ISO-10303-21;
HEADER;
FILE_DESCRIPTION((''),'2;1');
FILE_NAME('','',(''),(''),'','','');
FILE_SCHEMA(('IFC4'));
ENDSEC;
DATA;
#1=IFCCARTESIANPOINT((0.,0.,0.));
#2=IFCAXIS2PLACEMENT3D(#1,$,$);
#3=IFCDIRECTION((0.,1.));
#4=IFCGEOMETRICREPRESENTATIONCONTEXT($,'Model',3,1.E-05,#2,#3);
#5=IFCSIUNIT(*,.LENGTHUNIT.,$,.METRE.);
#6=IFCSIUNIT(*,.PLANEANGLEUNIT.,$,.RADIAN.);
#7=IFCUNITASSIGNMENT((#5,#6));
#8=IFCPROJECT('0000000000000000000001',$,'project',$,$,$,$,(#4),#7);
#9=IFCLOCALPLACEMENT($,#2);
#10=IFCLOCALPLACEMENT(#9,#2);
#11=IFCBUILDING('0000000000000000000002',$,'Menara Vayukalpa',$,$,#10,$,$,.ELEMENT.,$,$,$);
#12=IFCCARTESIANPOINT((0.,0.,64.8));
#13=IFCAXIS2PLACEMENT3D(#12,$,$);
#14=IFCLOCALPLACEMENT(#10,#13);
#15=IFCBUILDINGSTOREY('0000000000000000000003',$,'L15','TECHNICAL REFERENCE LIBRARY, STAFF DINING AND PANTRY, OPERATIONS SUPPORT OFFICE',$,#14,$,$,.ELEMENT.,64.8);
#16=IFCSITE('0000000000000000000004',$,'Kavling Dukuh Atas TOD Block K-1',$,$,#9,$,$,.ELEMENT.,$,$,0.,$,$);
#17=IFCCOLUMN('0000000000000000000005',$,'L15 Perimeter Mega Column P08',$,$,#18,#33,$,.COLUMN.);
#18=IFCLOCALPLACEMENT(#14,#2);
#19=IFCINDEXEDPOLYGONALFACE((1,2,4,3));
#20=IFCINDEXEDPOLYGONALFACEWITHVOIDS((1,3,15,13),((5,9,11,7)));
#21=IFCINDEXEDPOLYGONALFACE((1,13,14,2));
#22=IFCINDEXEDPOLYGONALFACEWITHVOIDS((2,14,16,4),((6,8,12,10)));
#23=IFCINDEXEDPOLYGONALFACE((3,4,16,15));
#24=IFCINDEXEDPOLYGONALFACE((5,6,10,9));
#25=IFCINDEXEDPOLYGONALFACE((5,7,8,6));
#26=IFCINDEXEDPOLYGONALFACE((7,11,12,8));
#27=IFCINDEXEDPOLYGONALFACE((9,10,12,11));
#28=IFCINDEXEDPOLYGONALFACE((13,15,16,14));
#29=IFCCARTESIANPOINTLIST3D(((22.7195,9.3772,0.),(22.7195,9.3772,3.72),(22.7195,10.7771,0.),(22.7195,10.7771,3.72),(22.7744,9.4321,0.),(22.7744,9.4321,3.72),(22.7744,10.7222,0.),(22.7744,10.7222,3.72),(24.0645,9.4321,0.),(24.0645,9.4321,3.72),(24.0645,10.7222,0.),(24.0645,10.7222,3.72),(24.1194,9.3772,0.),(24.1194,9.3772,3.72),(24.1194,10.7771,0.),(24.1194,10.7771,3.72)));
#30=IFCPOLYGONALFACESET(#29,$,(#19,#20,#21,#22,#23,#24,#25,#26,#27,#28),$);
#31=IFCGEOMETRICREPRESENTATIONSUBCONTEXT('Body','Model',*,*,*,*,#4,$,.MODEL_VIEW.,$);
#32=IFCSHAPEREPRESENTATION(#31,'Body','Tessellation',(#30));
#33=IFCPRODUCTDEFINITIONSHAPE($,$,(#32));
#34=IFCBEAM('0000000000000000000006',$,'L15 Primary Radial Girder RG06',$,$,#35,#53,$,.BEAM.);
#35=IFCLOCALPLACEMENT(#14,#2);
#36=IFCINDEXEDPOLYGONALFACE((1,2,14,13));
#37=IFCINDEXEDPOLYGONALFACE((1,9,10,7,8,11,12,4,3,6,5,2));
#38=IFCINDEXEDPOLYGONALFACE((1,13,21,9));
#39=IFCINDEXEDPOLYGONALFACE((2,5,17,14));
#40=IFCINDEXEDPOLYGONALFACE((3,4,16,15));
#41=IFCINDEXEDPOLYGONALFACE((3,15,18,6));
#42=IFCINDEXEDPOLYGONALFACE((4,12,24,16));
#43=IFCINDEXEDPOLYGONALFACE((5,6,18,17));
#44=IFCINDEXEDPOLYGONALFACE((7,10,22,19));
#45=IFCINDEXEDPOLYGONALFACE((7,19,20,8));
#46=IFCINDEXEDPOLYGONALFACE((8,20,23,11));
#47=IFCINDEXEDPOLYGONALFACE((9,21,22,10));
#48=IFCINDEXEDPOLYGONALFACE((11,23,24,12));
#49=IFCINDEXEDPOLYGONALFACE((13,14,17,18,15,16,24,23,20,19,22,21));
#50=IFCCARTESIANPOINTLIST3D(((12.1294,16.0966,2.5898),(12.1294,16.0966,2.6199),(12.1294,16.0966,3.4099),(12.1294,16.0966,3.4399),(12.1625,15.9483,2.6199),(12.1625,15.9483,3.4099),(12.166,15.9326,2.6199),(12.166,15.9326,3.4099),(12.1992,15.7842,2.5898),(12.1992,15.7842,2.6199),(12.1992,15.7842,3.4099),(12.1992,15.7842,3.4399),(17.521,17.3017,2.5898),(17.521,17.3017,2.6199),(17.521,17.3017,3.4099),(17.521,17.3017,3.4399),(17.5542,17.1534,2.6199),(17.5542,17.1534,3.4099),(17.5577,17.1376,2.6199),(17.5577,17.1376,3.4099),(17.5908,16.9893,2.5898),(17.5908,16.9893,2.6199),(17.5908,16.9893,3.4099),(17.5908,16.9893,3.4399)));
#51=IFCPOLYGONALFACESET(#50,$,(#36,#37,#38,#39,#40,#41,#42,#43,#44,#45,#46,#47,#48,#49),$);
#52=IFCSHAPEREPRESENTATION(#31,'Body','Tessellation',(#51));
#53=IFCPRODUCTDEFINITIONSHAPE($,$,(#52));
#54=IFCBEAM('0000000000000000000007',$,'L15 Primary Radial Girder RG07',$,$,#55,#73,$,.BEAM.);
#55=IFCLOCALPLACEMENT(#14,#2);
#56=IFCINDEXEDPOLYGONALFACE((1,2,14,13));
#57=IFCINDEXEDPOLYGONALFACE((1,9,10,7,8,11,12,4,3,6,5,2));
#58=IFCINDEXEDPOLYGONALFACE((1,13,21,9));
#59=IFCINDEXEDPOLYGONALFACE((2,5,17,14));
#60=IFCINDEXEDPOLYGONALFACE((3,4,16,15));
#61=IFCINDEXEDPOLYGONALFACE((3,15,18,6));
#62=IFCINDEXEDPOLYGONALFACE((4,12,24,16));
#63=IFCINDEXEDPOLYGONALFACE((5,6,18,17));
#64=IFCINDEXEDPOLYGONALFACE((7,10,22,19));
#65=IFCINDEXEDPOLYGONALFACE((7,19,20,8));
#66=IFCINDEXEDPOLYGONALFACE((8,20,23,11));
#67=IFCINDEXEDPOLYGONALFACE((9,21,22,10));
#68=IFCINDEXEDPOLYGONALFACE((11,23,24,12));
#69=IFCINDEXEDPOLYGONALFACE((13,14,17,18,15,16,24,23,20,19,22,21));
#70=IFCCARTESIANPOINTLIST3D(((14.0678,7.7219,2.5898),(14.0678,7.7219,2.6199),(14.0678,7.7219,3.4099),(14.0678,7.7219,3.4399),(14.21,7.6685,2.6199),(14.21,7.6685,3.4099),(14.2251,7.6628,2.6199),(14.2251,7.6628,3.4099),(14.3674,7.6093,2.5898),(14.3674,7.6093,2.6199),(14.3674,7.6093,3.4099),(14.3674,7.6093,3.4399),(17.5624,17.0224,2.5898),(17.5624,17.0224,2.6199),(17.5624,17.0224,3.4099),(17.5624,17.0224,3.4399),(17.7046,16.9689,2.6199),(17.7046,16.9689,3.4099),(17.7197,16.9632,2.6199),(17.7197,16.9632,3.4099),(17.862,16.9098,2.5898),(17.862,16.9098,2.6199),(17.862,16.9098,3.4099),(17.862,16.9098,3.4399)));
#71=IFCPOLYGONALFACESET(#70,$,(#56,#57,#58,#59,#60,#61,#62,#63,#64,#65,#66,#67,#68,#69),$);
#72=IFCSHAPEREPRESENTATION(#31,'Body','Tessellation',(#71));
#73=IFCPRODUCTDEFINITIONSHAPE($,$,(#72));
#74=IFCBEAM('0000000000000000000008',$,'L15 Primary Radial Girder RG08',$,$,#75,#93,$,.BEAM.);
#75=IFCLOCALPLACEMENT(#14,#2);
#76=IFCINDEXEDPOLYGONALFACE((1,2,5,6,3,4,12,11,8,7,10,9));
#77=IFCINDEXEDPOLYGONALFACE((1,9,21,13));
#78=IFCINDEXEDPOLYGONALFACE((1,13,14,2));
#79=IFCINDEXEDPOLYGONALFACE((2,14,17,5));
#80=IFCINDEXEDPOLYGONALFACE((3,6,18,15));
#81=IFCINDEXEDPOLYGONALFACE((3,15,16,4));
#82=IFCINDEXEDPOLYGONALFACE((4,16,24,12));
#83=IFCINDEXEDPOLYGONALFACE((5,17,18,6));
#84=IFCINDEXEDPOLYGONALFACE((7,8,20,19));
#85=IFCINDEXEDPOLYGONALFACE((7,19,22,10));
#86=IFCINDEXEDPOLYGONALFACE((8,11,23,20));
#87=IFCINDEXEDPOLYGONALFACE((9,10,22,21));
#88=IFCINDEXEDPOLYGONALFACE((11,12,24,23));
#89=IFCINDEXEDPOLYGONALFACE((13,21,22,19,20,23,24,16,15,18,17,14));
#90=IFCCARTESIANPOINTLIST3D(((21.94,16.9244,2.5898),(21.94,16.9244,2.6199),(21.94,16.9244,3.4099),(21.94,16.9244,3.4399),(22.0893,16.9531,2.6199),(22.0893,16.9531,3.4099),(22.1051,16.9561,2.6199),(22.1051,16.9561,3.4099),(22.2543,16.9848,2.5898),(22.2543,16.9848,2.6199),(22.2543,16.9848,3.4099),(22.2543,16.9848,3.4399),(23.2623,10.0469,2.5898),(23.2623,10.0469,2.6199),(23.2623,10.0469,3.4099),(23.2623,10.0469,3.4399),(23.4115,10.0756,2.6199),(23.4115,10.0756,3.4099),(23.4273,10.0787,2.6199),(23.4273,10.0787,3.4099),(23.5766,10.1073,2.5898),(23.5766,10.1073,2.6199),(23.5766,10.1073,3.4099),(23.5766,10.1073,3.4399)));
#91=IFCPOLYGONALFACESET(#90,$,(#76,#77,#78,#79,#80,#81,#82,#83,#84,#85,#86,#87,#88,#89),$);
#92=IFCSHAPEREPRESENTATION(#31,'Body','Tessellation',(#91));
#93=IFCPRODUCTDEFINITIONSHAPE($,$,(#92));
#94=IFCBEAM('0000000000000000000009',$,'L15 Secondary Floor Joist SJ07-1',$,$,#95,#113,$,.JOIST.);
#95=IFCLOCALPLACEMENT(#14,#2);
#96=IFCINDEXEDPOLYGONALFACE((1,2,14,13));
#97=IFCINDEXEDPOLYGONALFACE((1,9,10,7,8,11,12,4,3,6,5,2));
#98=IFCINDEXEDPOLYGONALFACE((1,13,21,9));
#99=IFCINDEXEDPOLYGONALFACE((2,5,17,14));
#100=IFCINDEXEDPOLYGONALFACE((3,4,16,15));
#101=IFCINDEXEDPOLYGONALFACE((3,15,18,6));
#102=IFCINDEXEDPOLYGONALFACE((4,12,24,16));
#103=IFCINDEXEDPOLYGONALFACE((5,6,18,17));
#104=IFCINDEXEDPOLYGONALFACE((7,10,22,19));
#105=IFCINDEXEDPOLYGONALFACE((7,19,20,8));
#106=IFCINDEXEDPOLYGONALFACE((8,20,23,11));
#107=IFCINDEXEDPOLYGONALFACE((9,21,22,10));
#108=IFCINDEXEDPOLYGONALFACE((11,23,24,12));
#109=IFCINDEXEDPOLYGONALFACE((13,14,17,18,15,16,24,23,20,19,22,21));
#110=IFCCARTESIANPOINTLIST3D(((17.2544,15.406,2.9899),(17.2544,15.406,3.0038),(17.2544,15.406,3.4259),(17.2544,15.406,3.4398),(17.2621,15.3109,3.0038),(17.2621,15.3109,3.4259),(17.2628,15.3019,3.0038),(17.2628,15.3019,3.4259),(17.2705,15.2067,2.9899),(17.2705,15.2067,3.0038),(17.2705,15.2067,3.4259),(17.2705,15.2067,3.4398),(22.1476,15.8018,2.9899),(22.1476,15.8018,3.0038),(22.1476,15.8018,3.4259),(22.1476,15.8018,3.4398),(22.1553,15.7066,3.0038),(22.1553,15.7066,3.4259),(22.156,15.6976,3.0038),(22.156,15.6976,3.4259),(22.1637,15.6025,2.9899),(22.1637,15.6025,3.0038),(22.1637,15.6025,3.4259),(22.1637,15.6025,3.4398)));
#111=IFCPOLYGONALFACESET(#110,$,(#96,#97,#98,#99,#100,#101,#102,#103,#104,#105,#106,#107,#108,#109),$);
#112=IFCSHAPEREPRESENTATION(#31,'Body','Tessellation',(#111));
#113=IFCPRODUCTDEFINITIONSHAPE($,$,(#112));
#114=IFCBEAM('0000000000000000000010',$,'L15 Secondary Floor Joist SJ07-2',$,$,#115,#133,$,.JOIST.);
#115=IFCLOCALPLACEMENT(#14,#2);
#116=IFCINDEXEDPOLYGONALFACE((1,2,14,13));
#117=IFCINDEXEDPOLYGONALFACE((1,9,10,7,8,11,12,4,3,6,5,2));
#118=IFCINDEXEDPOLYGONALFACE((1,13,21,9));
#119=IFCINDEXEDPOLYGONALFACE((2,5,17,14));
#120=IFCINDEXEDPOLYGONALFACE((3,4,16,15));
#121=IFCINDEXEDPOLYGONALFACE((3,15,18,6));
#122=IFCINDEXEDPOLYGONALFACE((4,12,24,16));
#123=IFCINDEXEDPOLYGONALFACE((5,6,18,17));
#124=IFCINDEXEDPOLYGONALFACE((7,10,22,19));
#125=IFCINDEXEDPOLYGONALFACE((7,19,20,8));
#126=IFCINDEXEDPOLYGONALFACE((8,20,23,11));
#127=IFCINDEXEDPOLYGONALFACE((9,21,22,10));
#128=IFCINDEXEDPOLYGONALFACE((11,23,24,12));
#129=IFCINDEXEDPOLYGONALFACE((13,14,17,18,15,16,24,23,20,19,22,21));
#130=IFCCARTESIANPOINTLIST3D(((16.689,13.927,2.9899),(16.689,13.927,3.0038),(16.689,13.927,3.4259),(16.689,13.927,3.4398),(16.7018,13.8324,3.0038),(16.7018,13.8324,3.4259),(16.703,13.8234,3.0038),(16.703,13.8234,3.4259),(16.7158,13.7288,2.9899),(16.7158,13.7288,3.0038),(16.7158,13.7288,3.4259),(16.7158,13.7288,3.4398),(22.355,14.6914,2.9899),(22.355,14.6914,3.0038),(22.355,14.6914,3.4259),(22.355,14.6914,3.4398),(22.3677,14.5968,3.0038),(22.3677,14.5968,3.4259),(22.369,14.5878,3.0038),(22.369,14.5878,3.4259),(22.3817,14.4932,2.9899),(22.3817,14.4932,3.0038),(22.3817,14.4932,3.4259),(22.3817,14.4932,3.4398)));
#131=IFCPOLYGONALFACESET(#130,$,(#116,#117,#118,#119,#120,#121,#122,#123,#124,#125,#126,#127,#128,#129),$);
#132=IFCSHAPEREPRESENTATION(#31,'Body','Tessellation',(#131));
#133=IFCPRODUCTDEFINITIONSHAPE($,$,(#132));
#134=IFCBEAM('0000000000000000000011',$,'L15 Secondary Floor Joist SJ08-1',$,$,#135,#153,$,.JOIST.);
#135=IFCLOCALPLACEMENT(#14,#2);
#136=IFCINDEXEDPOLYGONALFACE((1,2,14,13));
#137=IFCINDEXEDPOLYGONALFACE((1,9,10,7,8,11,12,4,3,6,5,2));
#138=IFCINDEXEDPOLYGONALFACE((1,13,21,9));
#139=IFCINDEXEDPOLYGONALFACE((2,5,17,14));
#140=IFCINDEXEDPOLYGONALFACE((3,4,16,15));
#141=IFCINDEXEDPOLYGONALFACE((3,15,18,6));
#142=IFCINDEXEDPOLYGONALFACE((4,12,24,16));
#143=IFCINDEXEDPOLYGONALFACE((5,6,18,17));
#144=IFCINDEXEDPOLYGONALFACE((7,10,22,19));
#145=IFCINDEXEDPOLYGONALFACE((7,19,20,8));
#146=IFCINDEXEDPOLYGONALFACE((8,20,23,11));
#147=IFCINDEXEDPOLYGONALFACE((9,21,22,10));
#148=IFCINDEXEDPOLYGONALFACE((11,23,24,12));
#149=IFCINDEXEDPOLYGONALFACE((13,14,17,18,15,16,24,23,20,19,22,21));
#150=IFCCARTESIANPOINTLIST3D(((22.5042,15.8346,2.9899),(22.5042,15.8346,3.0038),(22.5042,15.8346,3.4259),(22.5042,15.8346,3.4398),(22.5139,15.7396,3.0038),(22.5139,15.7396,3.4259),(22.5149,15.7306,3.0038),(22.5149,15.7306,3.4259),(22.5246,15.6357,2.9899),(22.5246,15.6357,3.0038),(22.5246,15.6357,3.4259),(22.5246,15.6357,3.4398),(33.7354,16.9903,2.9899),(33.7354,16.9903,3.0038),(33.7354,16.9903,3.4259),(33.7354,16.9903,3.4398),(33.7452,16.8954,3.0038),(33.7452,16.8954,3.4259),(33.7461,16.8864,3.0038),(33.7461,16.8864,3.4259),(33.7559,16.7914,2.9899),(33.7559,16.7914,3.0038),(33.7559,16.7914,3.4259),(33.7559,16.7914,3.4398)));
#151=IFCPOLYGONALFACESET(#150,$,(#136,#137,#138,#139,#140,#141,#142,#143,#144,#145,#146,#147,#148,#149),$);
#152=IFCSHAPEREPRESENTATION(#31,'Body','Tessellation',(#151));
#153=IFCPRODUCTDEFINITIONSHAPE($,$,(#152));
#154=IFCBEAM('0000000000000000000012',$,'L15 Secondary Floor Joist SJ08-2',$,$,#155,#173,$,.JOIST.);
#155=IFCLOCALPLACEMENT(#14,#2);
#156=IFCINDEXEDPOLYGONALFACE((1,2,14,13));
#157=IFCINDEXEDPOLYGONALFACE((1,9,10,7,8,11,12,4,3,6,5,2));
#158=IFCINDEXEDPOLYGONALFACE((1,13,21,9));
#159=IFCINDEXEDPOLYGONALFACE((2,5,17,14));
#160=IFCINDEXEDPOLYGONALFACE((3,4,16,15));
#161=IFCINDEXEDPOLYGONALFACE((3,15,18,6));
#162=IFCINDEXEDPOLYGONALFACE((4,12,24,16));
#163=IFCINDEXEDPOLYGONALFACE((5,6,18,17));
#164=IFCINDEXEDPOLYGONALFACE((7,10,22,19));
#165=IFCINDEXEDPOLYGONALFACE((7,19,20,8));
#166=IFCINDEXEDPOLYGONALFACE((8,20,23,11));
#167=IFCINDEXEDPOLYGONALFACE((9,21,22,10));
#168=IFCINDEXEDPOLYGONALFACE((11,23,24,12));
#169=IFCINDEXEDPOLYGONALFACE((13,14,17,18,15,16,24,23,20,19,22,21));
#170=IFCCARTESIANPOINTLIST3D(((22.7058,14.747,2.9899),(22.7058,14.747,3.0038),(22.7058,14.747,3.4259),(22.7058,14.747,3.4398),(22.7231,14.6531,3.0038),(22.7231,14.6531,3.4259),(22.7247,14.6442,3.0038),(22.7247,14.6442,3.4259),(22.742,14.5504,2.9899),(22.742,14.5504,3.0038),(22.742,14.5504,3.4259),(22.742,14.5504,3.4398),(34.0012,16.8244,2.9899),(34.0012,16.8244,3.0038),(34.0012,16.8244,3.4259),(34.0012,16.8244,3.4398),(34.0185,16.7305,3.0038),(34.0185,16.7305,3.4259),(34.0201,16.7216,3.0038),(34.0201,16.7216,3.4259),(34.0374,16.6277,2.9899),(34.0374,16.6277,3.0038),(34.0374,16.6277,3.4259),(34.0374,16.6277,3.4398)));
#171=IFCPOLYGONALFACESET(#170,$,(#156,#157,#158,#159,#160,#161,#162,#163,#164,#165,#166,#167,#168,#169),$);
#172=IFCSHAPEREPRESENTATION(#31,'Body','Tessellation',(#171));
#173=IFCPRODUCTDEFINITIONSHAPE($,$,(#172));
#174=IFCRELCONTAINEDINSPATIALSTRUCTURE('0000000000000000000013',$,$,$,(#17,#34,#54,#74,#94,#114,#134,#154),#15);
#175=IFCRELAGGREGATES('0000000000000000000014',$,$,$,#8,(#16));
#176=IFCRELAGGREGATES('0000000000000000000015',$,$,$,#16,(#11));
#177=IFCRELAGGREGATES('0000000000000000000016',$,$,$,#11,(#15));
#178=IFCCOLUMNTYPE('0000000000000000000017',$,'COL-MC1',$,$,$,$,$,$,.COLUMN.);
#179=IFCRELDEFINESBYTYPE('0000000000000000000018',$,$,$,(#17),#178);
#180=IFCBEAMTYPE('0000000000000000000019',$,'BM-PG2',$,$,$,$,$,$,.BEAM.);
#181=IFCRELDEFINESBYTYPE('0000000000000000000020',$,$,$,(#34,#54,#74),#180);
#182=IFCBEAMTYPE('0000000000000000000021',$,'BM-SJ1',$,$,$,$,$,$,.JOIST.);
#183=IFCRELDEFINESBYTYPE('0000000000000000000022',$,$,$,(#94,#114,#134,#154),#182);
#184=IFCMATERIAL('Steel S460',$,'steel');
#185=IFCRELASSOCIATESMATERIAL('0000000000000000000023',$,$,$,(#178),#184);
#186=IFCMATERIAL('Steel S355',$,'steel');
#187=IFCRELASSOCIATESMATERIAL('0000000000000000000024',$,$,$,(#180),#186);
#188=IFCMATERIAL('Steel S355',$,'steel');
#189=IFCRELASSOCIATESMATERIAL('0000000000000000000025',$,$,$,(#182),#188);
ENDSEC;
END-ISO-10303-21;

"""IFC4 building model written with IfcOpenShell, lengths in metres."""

from ifc_helpers import new_model, si_unit, direction, frame, origin, origin_2d, place, context, subcontext, project, spatial, hollow_rectangle, i_section, extrude, material, material_profile, profile_set, type_object, element, save


model = new_model("IFC4")

# Units and contexts
model_context = context("Model", 3, precision=1e-05, world=origin(), true_north=direction((0.0, 1.0)))
body_context = subcontext(model_context, "Body", "Model", "MODEL_VIEW")
ifc_project = project(units=[si_unit("LENGTHUNIT", "METRE"), si_unit("PLANEANGLEUNIT", "RADIAN")], contexts=[model_context])

# Site, building, storey
site_placement = place(None, origin())
site = spatial("IfcSite", under=ifc_project, at=site_placement, Name="Kavling Dukuh Atas TOD Block K-1", CompositionType="ELEMENT", RefElevation=0.0)
building_placement = place(site_placement, origin())
building = spatial("IfcBuilding", under=site, at=building_placement, Name="Menara Vayukalpa", CompositionType="ELEMENT")
storey_placement = place(building_placement, frame((0.0, 0.0, 64.8)))
storey = spatial("IfcBuildingStorey", under=building, at=storey_placement, Name="L15", Description="TECHNICAL REFERENCE LIBRARY, STAFF DINING AND PANTRY, OPERATIONS SUPPORT OFFICE", CompositionType="ELEMENT", Elevation=64.8)

# Column
ifc_material_1 = material(Name="Steel S460", Category="steel")
ifc_material_profile_1 = material_profile(ifc_material_1, hollow_rectangle(XDim=1.3999, YDim=1.3999, WallThickness=0.0549, at=origin_2d()), Name="BOX 1400x1400x55")
ifc_profile_set_1 = profile_set([ifc_material_profile_1], Name="Steel S460")
column_type = type_object("IfcColumnType", Name="COL-MC1", PredefinedType="COLUMN", material=ifc_profile_set_1)
column_placement = place(storey_placement, frame((23.4194, 10.0771, 0.0), z_axis=(0.0, 0.0, 1.0), x_axis=(1.0, 0.0, 0.0)))
element("IfcColumn", 1, at=column_placement, inside=storey, type_object=column_type, Name="L15 Perimeter Mega Column P08", PredefinedType="COLUMN", context=body_context, shape_type="SweptSolid", body=[
    extrude(hollow_rectangle(XDim=1.3999, YDim=1.3999, WallThickness=0.0549, at=origin_2d()), origin(), (0.0, 0.0, 1.0), 3.72),
])

# Beams
ifc_material_2 = material(Name="Steel S355", Category="steel")
ifc_material_profile_2 = material_profile(ifc_material_2, i_section(OverallWidth=0.3201, OverallDepth=0.8501, WebThickness=0.0161, FlangeThickness=0.03, at=origin_2d()), Name="WF 850x320x16x30")
ifc_profile_set_2 = profile_set([ifc_material_profile_2], Name="Steel S355")
beam_type_1 = type_object("IfcBeamType", Name="BM-PG2", PredefinedType="BEAM", material=ifc_profile_set_2)
beam_1_placement = place(storey_placement, frame((17.5559, 17.1455, 3.0149), z_axis=(-0.97592, -0.218128, 0.0), x_axis=(0.218128, -0.97592, 0.0)))
element("IfcBeam", 2, at=beam_1_placement, inside=storey, type_object=beam_type_1, Name="L15 Primary Radial Girder RG06", PredefinedType="BEAM", context=body_context, shape_type="SweptSolid", body=[
    extrude(i_section(OverallWidth=0.3201, OverallDepth=0.8501, WebThickness=0.0161, FlangeThickness=0.03, at=origin_2d()), origin(), (0.0, 0.0, 1.0), 5.5247),
])
beam_2_placement = place(storey_placement, frame((17.7122, 16.9661, 3.0149), z_axis=(-0.351735, -0.9361, 0.0), x_axis=(0.9361, -0.351735, 0.0)))
element("IfcBeam", 3, at=beam_2_placement, inside=storey, type_object=beam_type_1, Name="L15 Primary Radial Girder RG07", PredefinedType="BEAM", context=body_context, shape_type="SweptSolid", body=[
    extrude(i_section(OverallWidth=0.3201, OverallDepth=0.8501, WebThickness=0.0161, FlangeThickness=0.03, at=origin_2d()), origin(), (0.0, 0.0, 1.0), 9.9353),
])
beam_3_placement = place(storey_placement, frame((22.0972, 16.9546, 3.0149), z_axis=(0.188803, -0.982015, 0.0), x_axis=(0.982015, 0.188803, 0.0)))
element("IfcBeam", 4, at=beam_3_placement, inside=storey, type_object=beam_type_1, Name="L15 Primary Radial Girder RG08", PredefinedType="BEAM", context=body_context, shape_type="SweptSolid", body=[
    extrude(i_section(OverallWidth=0.3201, OverallDepth=0.8501, WebThickness=0.0161, FlangeThickness=0.03, at=origin_2d()), origin(), (0.0, 0.0, 1.0), 7.0034),
])
ifc_material_3 = material(Name="Steel S355", Category="steel")
ifc_material_profile_3 = material_profile(ifc_material_3, i_section(OverallWidth=0.2, OverallDepth=0.45, WebThickness=0.009, FlangeThickness=0.0139, at=origin_2d()), Name="WF 450x200x9x14")
ifc_profile_set_3 = profile_set([ifc_material_profile_3], Name="Steel S355")
beam_type_2 = type_object("IfcBeamType", Name="BM-SJ1", PredefinedType="JOIST", material=ifc_profile_set_3)
beam_4_placement = place(storey_placement, frame((17.2625, 15.3064, 3.2148), z_axis=(0.996745, 0.080613, 0.0), x_axis=(-0.080613, 0.996745, 0.0)))
element("IfcBeam", 5, at=beam_4_placement, inside=storey, type_object=beam_type_2, Name="L15 Secondary Floor Joist SJ07-1", PredefinedType="JOIST", context=body_context, shape_type="SweptSolid", body=[
    extrude(i_section(OverallWidth=0.2, OverallDepth=0.45, WebThickness=0.009, FlangeThickness=0.0139, at=origin_2d()), origin(), (0.0, 0.0, 1.0), 4.9092),
])
beam_5_placement = place(storey_placement, frame((16.7024, 13.8279, 3.2148), z_axis=(0.991022, 0.133699, 0.0), x_axis=(-0.133699, 0.991022, 0.0)))
element("IfcBeam", 6, at=beam_5_placement, inside=storey, type_object=beam_type_2, Name="L15 Secondary Floor Joist SJ07-2", PredefinedType="JOIST", context=body_context, shape_type="SweptSolid", body=[
    extrude(i_section(OverallWidth=0.2, OverallDepth=0.45, WebThickness=0.009, FlangeThickness=0.0139, at=origin_2d()), origin(), (0.0, 0.0, 1.0), 5.7173),
])
beam_6_placement = place(storey_placement, frame((22.5144, 15.7351, 3.2148), z_axis=(0.994747, 0.102366, 0.0), x_axis=(-0.102366, 0.994747, 0.0)))
element("IfcBeam", 7, at=beam_6_placement, inside=storey, type_object=beam_type_2, Name="L15 Secondary Floor Joist SJ08-1", PredefinedType="JOIST", context=body_context, shape_type="SweptSolid", body=[
    extrude(i_section(OverallWidth=0.2, OverallDepth=0.45, WebThickness=0.009, FlangeThickness=0.0139, at=origin_2d()), origin(), (0.0, 0.0, 1.0), 11.2905),
])
beam_7_placement = place(storey_placement, frame((22.7239, 14.6487, 3.2148), z_axis=(0.983505, 0.180881, 0.0), x_axis=(-0.180881, 0.983505, 0.0)))
element("IfcBeam", 8, at=beam_7_placement, inside=storey, type_object=beam_type_2, Name="L15 Secondary Floor Joist SJ08-2", PredefinedType="JOIST", context=body_context, shape_type="SweptSolid", body=[
    extrude(i_section(OverallWidth=0.2, OverallDepth=0.45, WebThickness=0.009, FlangeThickness=0.0139, at=origin_2d()), origin(), (0.0, 0.0, 1.0), 11.4849),
])

save(model, "model.ifc")
